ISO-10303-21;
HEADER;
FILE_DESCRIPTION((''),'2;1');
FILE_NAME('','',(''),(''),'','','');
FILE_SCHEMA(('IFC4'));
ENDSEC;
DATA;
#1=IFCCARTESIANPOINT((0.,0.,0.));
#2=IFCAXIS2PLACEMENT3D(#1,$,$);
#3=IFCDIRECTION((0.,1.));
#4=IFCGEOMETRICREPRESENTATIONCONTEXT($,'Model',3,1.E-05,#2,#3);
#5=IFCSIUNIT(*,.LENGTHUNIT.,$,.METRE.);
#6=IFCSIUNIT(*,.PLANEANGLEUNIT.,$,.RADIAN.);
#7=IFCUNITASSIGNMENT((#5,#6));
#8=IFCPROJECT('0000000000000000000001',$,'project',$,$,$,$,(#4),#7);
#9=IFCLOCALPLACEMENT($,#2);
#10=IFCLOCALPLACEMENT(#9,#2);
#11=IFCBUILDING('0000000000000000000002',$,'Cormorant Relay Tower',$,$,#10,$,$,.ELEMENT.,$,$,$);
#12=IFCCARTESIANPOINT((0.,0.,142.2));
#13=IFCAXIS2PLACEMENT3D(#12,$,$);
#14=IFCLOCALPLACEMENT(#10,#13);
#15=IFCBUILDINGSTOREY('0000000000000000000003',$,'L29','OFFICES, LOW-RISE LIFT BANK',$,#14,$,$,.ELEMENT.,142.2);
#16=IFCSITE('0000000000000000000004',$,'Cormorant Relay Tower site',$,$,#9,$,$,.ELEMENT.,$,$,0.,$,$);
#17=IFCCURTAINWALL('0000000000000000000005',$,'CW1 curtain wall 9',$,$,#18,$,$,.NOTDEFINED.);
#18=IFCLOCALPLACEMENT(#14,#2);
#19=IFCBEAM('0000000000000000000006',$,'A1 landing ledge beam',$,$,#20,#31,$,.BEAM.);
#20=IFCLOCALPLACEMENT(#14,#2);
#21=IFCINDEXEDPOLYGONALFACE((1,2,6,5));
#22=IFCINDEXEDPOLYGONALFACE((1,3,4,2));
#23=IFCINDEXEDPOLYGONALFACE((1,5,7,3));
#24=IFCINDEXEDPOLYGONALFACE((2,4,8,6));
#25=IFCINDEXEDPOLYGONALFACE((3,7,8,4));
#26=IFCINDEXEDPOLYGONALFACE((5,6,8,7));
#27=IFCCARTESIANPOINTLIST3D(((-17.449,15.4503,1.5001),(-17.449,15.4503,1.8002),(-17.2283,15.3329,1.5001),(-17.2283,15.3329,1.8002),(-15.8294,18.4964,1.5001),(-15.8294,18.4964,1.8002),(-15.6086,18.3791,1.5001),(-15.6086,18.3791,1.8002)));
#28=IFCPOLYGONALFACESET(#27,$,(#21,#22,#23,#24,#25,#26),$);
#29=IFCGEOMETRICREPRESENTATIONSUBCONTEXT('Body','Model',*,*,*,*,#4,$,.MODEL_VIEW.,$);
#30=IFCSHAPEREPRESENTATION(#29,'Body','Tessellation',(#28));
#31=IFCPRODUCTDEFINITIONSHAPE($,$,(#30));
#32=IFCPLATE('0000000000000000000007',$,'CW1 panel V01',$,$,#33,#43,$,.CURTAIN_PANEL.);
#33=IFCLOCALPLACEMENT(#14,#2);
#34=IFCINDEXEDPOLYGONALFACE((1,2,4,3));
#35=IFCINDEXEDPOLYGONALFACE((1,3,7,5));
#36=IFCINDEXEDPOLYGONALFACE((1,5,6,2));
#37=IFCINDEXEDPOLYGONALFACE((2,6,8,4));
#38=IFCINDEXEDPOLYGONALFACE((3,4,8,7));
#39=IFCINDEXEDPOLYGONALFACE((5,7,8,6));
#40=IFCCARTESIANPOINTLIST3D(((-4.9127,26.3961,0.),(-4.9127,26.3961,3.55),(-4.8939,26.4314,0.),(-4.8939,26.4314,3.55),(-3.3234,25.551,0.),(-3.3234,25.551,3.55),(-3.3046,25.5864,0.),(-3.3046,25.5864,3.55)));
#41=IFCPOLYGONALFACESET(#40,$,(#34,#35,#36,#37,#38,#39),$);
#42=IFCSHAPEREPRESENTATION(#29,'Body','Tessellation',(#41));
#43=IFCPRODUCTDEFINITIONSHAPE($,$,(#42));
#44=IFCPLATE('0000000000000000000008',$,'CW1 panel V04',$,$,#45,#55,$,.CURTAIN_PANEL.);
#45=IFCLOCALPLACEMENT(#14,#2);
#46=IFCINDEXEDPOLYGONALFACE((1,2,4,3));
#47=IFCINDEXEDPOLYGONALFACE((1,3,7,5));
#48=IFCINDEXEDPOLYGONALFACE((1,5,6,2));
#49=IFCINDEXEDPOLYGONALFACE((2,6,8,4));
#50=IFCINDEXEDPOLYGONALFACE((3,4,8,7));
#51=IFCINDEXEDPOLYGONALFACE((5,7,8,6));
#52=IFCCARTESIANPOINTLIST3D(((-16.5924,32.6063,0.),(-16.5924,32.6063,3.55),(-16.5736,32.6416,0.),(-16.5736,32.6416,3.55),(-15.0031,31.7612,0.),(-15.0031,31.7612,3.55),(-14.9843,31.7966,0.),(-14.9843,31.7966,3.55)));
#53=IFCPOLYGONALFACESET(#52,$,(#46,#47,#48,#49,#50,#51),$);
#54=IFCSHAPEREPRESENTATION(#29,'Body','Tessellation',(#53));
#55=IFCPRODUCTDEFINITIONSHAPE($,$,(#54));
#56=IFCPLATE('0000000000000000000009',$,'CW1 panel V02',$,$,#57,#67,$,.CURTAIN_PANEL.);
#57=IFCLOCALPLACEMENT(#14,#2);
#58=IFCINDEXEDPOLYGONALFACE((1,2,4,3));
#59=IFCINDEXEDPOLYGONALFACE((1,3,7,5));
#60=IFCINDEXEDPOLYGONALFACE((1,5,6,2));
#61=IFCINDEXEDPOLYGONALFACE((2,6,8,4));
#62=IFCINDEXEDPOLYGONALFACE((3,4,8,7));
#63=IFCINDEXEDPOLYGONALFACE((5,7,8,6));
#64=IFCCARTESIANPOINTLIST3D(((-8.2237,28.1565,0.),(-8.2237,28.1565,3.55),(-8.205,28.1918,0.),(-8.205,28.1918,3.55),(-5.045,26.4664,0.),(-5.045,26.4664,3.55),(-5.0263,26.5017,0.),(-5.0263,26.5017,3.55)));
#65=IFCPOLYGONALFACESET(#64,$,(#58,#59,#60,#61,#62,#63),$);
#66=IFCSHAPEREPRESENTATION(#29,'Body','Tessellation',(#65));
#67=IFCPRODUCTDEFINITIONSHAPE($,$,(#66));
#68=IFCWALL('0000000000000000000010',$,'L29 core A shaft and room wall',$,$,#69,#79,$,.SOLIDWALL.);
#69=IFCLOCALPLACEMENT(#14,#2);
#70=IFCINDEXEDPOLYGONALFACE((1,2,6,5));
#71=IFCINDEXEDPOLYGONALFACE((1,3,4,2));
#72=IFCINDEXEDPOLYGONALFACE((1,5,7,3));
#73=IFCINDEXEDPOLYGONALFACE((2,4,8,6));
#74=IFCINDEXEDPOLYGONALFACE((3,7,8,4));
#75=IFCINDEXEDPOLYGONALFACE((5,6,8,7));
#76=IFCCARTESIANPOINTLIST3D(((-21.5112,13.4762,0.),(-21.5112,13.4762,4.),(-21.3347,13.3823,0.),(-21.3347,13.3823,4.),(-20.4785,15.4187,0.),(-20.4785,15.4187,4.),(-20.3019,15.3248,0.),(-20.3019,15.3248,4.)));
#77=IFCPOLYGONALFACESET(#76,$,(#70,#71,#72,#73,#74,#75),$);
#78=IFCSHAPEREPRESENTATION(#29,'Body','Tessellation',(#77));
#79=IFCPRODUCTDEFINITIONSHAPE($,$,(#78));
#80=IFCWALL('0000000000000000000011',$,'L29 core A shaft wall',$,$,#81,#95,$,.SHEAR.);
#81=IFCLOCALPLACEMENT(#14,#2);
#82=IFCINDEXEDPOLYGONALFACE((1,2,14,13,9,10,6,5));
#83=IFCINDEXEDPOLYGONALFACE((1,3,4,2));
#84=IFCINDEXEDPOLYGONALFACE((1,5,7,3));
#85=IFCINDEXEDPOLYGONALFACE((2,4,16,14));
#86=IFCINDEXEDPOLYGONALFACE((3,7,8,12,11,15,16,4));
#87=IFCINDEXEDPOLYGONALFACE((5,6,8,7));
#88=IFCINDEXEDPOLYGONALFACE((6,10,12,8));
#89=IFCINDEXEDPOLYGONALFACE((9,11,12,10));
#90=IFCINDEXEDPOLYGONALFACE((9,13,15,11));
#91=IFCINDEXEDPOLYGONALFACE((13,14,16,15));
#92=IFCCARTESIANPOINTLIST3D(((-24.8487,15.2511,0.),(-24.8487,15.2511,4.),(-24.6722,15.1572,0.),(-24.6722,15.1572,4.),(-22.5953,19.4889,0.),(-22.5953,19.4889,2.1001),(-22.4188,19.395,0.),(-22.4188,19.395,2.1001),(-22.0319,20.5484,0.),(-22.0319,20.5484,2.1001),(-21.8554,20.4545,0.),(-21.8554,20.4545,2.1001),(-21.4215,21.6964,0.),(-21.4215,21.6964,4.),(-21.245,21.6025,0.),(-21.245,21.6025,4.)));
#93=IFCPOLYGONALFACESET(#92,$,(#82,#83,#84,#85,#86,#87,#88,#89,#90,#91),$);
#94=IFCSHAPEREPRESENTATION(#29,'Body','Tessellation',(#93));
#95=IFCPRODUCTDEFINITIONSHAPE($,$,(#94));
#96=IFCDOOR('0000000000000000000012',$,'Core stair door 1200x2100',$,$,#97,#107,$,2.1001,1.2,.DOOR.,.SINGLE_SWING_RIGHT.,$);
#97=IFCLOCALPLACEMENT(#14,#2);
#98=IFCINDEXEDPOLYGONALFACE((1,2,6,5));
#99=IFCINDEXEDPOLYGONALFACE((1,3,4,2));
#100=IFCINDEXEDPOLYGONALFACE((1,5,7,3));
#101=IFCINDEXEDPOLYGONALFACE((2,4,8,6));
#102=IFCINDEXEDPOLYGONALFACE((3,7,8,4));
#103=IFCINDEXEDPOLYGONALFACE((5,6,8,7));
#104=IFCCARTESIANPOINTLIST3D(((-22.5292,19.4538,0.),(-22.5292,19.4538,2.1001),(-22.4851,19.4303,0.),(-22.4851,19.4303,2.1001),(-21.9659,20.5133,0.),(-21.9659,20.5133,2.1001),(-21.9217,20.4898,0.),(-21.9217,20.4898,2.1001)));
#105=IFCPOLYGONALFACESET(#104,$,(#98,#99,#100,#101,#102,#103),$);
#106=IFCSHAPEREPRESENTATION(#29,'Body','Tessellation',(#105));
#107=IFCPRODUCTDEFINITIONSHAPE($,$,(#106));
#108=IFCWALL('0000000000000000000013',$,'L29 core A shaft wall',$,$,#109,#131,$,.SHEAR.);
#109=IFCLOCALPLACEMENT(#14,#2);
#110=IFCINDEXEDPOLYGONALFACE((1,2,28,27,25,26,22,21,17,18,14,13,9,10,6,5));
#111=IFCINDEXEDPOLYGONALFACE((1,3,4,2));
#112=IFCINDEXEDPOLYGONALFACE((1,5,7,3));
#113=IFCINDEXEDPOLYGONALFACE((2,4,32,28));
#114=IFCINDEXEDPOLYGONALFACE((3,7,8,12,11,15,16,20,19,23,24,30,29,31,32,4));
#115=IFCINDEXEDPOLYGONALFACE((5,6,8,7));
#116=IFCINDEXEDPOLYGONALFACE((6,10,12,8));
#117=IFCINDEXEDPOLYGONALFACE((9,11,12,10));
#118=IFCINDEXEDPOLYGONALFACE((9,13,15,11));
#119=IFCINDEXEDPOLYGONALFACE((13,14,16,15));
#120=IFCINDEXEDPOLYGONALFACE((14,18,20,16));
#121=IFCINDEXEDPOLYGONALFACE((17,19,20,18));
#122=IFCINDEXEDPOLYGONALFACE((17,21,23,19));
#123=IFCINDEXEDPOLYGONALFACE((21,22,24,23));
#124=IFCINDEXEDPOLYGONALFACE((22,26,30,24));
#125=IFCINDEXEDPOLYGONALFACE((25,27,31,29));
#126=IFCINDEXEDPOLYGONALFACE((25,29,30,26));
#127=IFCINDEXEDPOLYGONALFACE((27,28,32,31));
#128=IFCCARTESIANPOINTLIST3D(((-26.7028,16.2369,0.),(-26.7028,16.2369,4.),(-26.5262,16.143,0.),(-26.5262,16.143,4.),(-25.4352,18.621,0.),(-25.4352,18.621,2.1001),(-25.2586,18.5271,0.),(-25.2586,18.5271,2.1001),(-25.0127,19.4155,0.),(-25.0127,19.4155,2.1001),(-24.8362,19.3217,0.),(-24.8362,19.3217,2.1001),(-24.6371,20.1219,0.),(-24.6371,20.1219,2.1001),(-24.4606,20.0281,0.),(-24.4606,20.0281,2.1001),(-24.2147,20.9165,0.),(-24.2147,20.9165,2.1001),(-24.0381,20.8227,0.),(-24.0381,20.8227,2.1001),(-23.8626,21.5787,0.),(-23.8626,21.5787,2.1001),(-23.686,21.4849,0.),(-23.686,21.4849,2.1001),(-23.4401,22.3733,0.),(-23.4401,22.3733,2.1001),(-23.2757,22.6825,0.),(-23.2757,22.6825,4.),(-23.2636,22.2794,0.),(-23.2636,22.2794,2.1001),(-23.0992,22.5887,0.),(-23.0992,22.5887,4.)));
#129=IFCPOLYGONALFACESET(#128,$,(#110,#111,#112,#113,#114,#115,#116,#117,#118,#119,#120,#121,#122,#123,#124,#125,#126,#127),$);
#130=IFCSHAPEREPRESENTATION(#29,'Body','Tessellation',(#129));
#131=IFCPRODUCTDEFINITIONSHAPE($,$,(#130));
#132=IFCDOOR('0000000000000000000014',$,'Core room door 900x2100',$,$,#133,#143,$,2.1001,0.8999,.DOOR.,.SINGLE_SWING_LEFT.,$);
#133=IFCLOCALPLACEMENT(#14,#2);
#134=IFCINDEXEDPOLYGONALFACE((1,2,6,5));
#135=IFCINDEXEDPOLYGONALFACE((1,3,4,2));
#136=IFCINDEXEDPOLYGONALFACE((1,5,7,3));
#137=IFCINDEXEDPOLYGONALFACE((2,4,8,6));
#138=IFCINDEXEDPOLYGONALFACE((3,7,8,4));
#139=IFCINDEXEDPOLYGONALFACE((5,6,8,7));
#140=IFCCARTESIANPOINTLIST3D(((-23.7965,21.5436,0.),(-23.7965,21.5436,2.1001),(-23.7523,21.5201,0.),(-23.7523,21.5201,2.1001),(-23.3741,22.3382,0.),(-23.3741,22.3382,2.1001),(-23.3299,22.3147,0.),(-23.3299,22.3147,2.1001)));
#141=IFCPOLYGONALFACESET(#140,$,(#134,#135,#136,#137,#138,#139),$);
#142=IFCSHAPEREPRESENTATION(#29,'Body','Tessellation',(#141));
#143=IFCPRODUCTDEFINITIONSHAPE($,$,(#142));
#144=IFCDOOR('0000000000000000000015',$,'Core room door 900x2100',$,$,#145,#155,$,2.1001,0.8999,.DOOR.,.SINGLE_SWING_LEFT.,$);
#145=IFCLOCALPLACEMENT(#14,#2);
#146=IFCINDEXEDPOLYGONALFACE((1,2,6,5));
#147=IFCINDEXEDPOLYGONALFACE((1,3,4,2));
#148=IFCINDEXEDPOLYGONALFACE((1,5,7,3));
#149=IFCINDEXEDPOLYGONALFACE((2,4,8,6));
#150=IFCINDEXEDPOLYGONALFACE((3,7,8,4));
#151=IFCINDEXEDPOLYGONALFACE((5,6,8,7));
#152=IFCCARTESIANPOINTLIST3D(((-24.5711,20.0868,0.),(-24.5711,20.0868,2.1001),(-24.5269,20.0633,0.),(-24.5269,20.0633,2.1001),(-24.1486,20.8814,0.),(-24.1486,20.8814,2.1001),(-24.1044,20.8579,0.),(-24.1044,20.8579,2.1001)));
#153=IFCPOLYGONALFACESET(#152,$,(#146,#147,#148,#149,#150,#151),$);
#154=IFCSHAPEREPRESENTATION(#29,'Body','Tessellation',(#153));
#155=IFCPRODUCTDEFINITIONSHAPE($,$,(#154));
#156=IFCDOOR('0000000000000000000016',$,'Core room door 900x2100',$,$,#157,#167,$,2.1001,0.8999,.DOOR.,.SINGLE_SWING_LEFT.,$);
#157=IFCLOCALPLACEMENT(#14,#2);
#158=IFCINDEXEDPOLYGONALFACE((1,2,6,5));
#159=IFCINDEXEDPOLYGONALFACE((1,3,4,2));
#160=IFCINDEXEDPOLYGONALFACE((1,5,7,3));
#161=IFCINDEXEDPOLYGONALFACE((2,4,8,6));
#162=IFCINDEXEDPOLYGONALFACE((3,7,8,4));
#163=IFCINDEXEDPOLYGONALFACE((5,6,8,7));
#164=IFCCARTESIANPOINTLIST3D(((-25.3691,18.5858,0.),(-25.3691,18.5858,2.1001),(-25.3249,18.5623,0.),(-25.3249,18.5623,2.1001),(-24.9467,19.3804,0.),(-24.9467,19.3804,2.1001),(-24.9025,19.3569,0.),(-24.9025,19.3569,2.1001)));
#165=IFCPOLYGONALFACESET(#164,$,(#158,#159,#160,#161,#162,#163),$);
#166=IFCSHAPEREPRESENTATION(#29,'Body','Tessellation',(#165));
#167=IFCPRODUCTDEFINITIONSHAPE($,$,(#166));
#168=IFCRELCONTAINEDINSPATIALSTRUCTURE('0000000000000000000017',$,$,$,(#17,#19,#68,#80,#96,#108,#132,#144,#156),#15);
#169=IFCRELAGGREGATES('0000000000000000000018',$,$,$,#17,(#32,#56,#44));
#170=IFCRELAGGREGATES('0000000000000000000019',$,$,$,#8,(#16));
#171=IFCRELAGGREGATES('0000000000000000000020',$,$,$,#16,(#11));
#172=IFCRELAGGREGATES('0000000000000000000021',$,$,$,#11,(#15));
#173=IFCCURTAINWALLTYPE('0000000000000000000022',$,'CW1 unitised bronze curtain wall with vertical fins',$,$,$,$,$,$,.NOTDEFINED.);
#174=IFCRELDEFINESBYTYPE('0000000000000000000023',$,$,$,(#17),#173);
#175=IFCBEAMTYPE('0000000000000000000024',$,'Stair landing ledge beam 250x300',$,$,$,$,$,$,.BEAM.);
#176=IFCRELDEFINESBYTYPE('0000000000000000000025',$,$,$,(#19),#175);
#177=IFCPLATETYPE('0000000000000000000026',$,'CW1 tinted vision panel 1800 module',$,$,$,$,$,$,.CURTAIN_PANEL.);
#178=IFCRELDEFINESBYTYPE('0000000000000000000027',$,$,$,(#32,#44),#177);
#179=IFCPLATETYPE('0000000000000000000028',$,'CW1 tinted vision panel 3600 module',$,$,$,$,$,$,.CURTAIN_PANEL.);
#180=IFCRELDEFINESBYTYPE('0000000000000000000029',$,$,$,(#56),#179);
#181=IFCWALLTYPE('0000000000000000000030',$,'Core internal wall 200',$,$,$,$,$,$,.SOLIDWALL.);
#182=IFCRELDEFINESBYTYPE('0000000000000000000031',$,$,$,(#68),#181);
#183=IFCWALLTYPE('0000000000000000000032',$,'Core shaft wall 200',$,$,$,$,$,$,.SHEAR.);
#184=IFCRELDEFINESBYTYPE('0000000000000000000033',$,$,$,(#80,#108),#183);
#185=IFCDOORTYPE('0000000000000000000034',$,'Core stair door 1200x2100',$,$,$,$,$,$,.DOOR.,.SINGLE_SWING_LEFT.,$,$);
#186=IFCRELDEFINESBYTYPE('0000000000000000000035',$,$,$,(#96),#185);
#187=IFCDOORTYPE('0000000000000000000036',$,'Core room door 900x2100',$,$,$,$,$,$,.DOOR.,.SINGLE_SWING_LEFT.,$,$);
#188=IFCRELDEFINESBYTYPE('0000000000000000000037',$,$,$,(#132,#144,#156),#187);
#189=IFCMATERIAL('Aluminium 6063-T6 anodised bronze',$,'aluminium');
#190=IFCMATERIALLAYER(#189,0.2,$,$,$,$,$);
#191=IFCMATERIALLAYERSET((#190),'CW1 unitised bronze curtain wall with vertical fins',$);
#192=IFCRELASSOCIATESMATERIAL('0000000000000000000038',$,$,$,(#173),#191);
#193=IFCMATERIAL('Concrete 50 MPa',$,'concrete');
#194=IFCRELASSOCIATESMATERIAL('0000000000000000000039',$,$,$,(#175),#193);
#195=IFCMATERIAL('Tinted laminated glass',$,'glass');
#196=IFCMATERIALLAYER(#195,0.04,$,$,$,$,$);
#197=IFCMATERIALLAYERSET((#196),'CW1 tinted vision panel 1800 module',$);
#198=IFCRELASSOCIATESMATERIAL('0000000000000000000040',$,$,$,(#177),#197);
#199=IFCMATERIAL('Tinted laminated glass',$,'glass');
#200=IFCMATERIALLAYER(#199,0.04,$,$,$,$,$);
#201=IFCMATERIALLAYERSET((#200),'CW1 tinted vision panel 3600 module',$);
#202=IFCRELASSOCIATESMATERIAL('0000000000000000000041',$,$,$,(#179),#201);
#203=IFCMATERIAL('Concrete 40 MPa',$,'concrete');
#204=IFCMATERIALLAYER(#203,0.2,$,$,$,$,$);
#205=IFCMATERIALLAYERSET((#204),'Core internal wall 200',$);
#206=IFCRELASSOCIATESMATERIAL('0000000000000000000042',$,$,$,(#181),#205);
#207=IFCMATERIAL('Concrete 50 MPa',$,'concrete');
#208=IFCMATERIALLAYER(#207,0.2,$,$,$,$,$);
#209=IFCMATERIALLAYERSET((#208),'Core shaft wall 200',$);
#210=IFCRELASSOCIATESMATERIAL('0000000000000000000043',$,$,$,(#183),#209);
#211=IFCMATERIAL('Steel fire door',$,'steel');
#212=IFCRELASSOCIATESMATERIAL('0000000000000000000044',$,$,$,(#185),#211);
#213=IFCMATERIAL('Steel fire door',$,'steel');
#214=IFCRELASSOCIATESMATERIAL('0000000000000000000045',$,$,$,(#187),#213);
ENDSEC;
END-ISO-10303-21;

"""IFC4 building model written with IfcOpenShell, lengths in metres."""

from ifc_helpers import new_model, si_unit, direction, frame, frame_2d, origin, origin_2d, place, context, subcontext, project, spatial, rectangle, extrude, material, layer, layer_set, material_profile, profile_set, type_object, element, fill, aggregate, save


model = new_model("IFC4")

# Units and contexts
model_context = context("Model", 3, precision=1e-05, world=origin(), true_north=direction((0.0, 1.0)))
body_context = subcontext(model_context, "Body", "Model", "MODEL_VIEW")
ifc_project = project(units=[si_unit("LENGTHUNIT", "METRE"), si_unit("PLANEANGLEUNIT", "RADIAN")], contexts=[model_context])

# Site, building, storey
site_placement = place(None, origin())
site = spatial("IfcSite", under=ifc_project, at=site_placement, Name="Cormorant Relay Tower site", CompositionType="ELEMENT", RefElevation=0.0)
building_placement = place(site_placement, origin())
building = spatial("IfcBuilding", under=site, at=building_placement, Name="Cormorant Relay Tower", CompositionType="ELEMENT")
storey_placement = place(building_placement, frame((0.0, 0.0, 142.2)))
storey = spatial("IfcBuildingStorey", under=building, at=storey_placement, Name="L29", Description="OFFICES, LOW-RISE LIFT BANK", CompositionType="ELEMENT", Elevation=142.2)

# Curtain wall
ifc_material_1 = material(Name="Aluminium 6063-T6 anodised bronze", Category="aluminium")
ifc_layer_1 = layer(ifc_material_1, 0.2)
ifc_layer_set_1 = layer_set([ifc_layer_1], Name="CW1 unitised bronze curtain wall with vertical fins")
curtain_wall_type = type_object("IfcCurtainWallType", Name="CW1 unitised bronze curtain wall with vertical fins", PredefinedType="NOTDEFINED", material=ifc_layer_set_1)
curtain_wall_placement = place(storey_placement, origin())
curtain_wall = element("IfcCurtainWall", 1, at=curtain_wall_placement, inside=storey, type_object=curtain_wall_type, Name="CW1 curtain wall 9", PredefinedType="NOTDEFINED")

# Beam
ifc_material_2 = material(Name="Concrete 50 MPa", Category="concrete")
ifc_material_profile_1 = material_profile(ifc_material_2, rectangle(XDim=0.25, YDim=0.3, at=origin_2d()), Name="RC 250x300")
ifc_profile_set_1 = profile_set([ifc_material_profile_1], Name="Concrete 50 MPa")
beam_type_1 = type_object("IfcBeamType", Name="Stair landing ledge beam 250x300", PredefinedType="BEAM", material=ifc_profile_set_1)
beam_1_placement = place(storey_placement, frame((-17.3386, 15.3916, 1.6501), z_axis=(0.469464, 0.882952, 0.0), x_axis=(-0.882952, 0.469464, 0.0)))
element("IfcBeam", 2, at=beam_1_placement, inside=storey, type_object=beam_type_1, Name="A1 landing ledge beam", PredefinedType="BEAM", context=body_context, shape_type="SweptSolid", body=[
    extrude(rectangle(XDim=0.25, YDim=0.3, at=origin_2d()), origin(), (0.0, 0.0, 1.0), 3.45),
])

# Plates
ifc_material_3 = material(Name="Tinted laminated glass", Category="glass")
ifc_layer_2 = layer(ifc_material_3, 0.04)
ifc_layer_set_2 = layer_set([ifc_layer_2], Name="CW1 tinted vision panel 1800 module")
plate_type_1 = type_object("IfcPlateType", Name="CW1 tinted vision panel 1800 module", PredefinedType="CURTAIN_PANEL", material=ifc_layer_set_2)
plate_1_placement = place(storey_placement, frame((-4.1086, 25.9912, 0.0), z_axis=(0.0, 0.0, 1.0), x_axis=(-0.882948, 0.469472, 0.0)))
plate_1 = element("IfcPlate", 3, at=plate_1_placement, type_object=plate_type_1, Name="CW1 panel V01", PredefinedType="CURTAIN_PANEL", context=body_context, shape_type="SweptSolid", body=[
    extrude(rectangle(XDim=1.8, YDim=0.04, at=origin_2d()), origin(), (0.0, 0.0, 1.0), 3.55),
])
plate_2_placement = place(storey_placement, frame((-15.7883, 32.2014, 0.0), z_axis=(0.0, 0.0, 1.0), x_axis=(-0.882948, 0.469472, 0.0)))
plate_2 = element("IfcPlate", 4, at=plate_2_placement, type_object=plate_type_1, Name="CW1 panel V04", PredefinedType="CURTAIN_PANEL", context=body_context, shape_type="SweptSolid", body=[
    extrude(rectangle(XDim=1.8, YDim=0.04, at=origin_2d()), origin(), (0.0, 0.0, 1.0), 3.55),
])
ifc_material_4 = material(Name="Tinted laminated glass", Category="glass")
ifc_layer_3 = layer(ifc_material_4, 0.04)
ifc_layer_set_3 = layer_set([ifc_layer_3], Name="CW1 tinted vision panel 3600 module")
plate_type_2 = type_object("IfcPlateType", Name="CW1 tinted vision panel 3600 module", PredefinedType="CURTAIN_PANEL", material=ifc_layer_set_3)
plate_3_placement = place(storey_placement, frame((-6.625, 27.3291, 0.0), z_axis=(0.0, 0.0, 1.0), x_axis=(-0.882948, 0.469472, 0.0)))
plate_3 = element("IfcPlate", 5, at=plate_3_placement, type_object=plate_type_2, Name="CW1 panel V02", PredefinedType="CURTAIN_PANEL", context=body_context, shape_type="SweptSolid", body=[
    extrude(rectangle(XDim=3.6001, YDim=0.04, at=origin_2d()), origin(), (0.0, 0.0, 1.0), 3.55),
])

# Wall
ifc_material_5 = material(Name="Concrete 40 MPa", Category="concrete")
ifc_layer_4 = layer(ifc_material_5, 0.2)
ifc_layer_set_4 = layer_set([ifc_layer_4], Name="Core internal wall 200")
wall_type_1 = type_object("IfcWallType", Name="Core internal wall 200", PredefinedType="SOLIDWALL", material=ifc_layer_set_4)
wall_1_placement = place(storey_placement, frame((-20.3901, 15.3718, 0.0), z_axis=(0.0, 0.0, 1.0), x_axis=(-0.469447, -0.88296, 0.0)))
element("IfcWall", 6, at=wall_1_placement, inside=storey, type_object=wall_type_1, Name="L29 core A shaft and room wall", PredefinedType="SOLIDWALL", context=body_context, shape_type="SweptSolid", body=[
    extrude(rectangle(XDim=2.2, YDim=0.2, at=frame_2d((1.1001, 0.0))), origin(), (0.0, 0.0, 1.0), 4.0),
])

# Wall, opening, door
ifc_material_6 = material(Name="Concrete 50 MPa", Category="concrete")
ifc_layer_5 = layer(ifc_material_6, 0.2)
ifc_layer_set_5 = layer_set([ifc_layer_5], Name="Core shaft wall 200")
wall_type_2 = type_object("IfcWallType", Name="Core shaft wall 200", PredefinedType="SHEAR", material=ifc_layer_set_5)
wall_2_placement = place(storey_placement, frame((-21.3333, 21.6494, 0.0), z_axis=(0.0, 0.0, 1.0), x_axis=(-0.469494, -0.882936, 0.0)))
wall_2 = element("IfcWall", 7, at=wall_2_placement, inside=storey, type_object=wall_type_2, Name="L29 core A shaft wall", PredefinedType="SHEAR", context=body_context, shape_type="SweptSolid", body=[
    extrude(rectangle(XDim=7.2998, YDim=0.2, at=frame_2d((3.6499, 0.0))), origin(), (0.0, 0.0, 1.0), 4.0),
])
opening_1_placement = place(wall_2_placement, frame((1.3, 0.0, 0.0)))
opening_1 = element("IfcOpeningElement", 8, at=opening_1_placement, cuts=wall_2, PredefinedType="OPENING", context=body_context, shape_type="SweptSolid", body=[
    extrude(rectangle(XDim=1.2, YDim=2.1001, at=frame_2d((0.6001, 1.05))), frame((0.0, 0.1099, 0.0), z_axis=(0.0, -1.0, 0.0), x_axis=(1.0, 0.0, 0.0)), (0.0, 0.0, 1.0), 0.22),
])
ifc_material_7 = material(Name="Steel fire door", Category="steel")
door_type_1 = type_object("IfcDoorType", Name="Core stair door 1200x2100", OperationType="SINGLE_SWING_LEFT", PredefinedType="DOOR", material=ifc_material_7)
door_1_placement = place(opening_1_placement, origin())
door_1 = element("IfcDoor", 9, at=door_1_placement, inside=storey, type_object=door_type_1, Name="Core stair door 1200x2100", OperationType="SINGLE_SWING_RIGHT", OverallHeight=2.1001, OverallWidth=1.2, PredefinedType="DOOR", context=body_context, shape_type="SweptSolid", body=[
    extrude(rectangle(XDim=1.2, YDim=2.1001, at=frame_2d((0.6001, 1.05))), frame((0.0, 0.0249, 0.0), z_axis=(0.0, -1.0, 0.0), x_axis=(1.0, 0.0, 0.0)), (0.0, 0.0, 1.0), 0.05),
])
fill(opening_1, door_1)

# Wall, openings, doors
wall_3_placement = place(storey_placement, frame((-23.1875, 22.6355, 0.0), z_axis=(0.0, 0.0, 1.0), x_axis=(-0.469454, -0.882957, 0.0)))
wall_3 = element("IfcWall", 10, at=wall_3_placement, inside=storey, type_object=wall_type_2, Name="L29 core A shaft wall", PredefinedType="SHEAR", context=body_context, shape_type="SweptSolid", body=[
    extrude(rectangle(XDim=7.3, YDim=0.2, at=frame_2d((3.6499, 0.0))), origin(), (0.0, 0.0, 1.0), 4.0),
])
opening_2_placement = place(wall_3_placement, frame((0.3501, 0.0, 0.0)))
opening_2 = element("IfcOpeningElement", 11, at=opening_2_placement, cuts=wall_3, PredefinedType="OPENING", context=body_context, shape_type="SweptSolid", body=[
    extrude(rectangle(XDim=0.8999, YDim=2.1001, at=frame_2d((0.45, 1.05))), frame((0.0, 0.1099, 0.0), z_axis=(0.0, -1.0, 0.0), x_axis=(1.0, 0.0, 0.0)), (0.0, 0.0, 1.0), 0.22),
])
opening_3_placement = place(wall_3_placement, frame((2.0, 0.0, 0.0)))
opening_3 = element("IfcOpeningElement", 12, at=opening_3_placement, cuts=wall_3, PredefinedType="OPENING", context=body_context, shape_type="SweptSolid", body=[
    extrude(rectangle(XDim=0.8999, YDim=2.1001, at=frame_2d((0.45, 1.05))), frame((0.0, 0.1099, 0.0), z_axis=(0.0, -1.0, 0.0), x_axis=(1.0, 0.0, 0.0)), (0.0, 0.0, 1.0), 0.22),
])
opening_4_placement = place(wall_3_placement, frame((3.7, 0.0, 0.0)))
opening_4 = element("IfcOpeningElement", 13, at=opening_4_placement, cuts=wall_3, PredefinedType="OPENING", context=body_context, shape_type="SweptSolid", body=[
    extrude(rectangle(XDim=0.8999, YDim=2.1001, at=frame_2d((0.45, 1.05))), frame((0.0, 0.1099, 0.0), z_axis=(0.0, -1.0, 0.0), x_axis=(1.0, 0.0, 0.0)), (0.0, 0.0, 1.0), 0.22),
])
ifc_material_8 = material(Name="Steel fire door", Category="steel")
door_type_2 = type_object("IfcDoorType", Name="Core room door 900x2100", OperationType="SINGLE_SWING_LEFT", PredefinedType="DOOR", material=ifc_material_8)
door_2_placement = place(opening_2_placement, origin())
door_2 = element("IfcDoor", 14, at=door_2_placement, inside=storey, type_object=door_type_2, Name="Core room door 900x2100", OperationType="SINGLE_SWING_LEFT", OverallHeight=2.1001, OverallWidth=0.8999, PredefinedType="DOOR", context=body_context, shape_type="SweptSolid", body=[
    extrude(rectangle(XDim=0.8999, YDim=2.1001, at=frame_2d((0.45, 1.05))), frame((0.0, 0.0249, 0.0), z_axis=(0.0, -1.0, 0.0), x_axis=(1.0, 0.0, 0.0)), (0.0, 0.0, 1.0), 0.05),
])
fill(opening_2, door_2)
door_3_placement = place(opening_3_placement, origin())
door_3 = element("IfcDoor", 15, at=door_3_placement, inside=storey, type_object=door_type_2, Name="Core room door 900x2100", OperationType="SINGLE_SWING_LEFT", OverallHeight=2.1001, OverallWidth=0.8999, PredefinedType="DOOR", context=body_context, shape_type="SweptSolid", body=[
    extrude(rectangle(XDim=0.8999, YDim=2.1001, at=frame_2d((0.45, 1.05))), frame((0.0, 0.0249, 0.0), z_axis=(0.0, -1.0, 0.0), x_axis=(1.0, 0.0, 0.0)), (0.0, 0.0, 1.0), 0.05),
])
fill(opening_3, door_3)
door_4_placement = place(opening_4_placement, origin())
door_4 = element("IfcDoor", 16, at=door_4_placement, inside=storey, type_object=door_type_2, Name="Core room door 900x2100", OperationType="SINGLE_SWING_LEFT", OverallHeight=2.1001, OverallWidth=0.8999, PredefinedType="DOOR", context=body_context, shape_type="SweptSolid", body=[
    extrude(rectangle(XDim=0.8999, YDim=2.1001, at=frame_2d((0.45, 1.05))), frame((0.0, 0.0249, 0.0), z_axis=(0.0, -1.0, 0.0), x_axis=(1.0, 0.0, 0.0)), (0.0, 0.0, 1.0), 0.05),
])
fill(opening_4, door_4)

aggregate(curtain_wall, [plate_1, plate_3, plate_2])

save(model, "model.ifc")
